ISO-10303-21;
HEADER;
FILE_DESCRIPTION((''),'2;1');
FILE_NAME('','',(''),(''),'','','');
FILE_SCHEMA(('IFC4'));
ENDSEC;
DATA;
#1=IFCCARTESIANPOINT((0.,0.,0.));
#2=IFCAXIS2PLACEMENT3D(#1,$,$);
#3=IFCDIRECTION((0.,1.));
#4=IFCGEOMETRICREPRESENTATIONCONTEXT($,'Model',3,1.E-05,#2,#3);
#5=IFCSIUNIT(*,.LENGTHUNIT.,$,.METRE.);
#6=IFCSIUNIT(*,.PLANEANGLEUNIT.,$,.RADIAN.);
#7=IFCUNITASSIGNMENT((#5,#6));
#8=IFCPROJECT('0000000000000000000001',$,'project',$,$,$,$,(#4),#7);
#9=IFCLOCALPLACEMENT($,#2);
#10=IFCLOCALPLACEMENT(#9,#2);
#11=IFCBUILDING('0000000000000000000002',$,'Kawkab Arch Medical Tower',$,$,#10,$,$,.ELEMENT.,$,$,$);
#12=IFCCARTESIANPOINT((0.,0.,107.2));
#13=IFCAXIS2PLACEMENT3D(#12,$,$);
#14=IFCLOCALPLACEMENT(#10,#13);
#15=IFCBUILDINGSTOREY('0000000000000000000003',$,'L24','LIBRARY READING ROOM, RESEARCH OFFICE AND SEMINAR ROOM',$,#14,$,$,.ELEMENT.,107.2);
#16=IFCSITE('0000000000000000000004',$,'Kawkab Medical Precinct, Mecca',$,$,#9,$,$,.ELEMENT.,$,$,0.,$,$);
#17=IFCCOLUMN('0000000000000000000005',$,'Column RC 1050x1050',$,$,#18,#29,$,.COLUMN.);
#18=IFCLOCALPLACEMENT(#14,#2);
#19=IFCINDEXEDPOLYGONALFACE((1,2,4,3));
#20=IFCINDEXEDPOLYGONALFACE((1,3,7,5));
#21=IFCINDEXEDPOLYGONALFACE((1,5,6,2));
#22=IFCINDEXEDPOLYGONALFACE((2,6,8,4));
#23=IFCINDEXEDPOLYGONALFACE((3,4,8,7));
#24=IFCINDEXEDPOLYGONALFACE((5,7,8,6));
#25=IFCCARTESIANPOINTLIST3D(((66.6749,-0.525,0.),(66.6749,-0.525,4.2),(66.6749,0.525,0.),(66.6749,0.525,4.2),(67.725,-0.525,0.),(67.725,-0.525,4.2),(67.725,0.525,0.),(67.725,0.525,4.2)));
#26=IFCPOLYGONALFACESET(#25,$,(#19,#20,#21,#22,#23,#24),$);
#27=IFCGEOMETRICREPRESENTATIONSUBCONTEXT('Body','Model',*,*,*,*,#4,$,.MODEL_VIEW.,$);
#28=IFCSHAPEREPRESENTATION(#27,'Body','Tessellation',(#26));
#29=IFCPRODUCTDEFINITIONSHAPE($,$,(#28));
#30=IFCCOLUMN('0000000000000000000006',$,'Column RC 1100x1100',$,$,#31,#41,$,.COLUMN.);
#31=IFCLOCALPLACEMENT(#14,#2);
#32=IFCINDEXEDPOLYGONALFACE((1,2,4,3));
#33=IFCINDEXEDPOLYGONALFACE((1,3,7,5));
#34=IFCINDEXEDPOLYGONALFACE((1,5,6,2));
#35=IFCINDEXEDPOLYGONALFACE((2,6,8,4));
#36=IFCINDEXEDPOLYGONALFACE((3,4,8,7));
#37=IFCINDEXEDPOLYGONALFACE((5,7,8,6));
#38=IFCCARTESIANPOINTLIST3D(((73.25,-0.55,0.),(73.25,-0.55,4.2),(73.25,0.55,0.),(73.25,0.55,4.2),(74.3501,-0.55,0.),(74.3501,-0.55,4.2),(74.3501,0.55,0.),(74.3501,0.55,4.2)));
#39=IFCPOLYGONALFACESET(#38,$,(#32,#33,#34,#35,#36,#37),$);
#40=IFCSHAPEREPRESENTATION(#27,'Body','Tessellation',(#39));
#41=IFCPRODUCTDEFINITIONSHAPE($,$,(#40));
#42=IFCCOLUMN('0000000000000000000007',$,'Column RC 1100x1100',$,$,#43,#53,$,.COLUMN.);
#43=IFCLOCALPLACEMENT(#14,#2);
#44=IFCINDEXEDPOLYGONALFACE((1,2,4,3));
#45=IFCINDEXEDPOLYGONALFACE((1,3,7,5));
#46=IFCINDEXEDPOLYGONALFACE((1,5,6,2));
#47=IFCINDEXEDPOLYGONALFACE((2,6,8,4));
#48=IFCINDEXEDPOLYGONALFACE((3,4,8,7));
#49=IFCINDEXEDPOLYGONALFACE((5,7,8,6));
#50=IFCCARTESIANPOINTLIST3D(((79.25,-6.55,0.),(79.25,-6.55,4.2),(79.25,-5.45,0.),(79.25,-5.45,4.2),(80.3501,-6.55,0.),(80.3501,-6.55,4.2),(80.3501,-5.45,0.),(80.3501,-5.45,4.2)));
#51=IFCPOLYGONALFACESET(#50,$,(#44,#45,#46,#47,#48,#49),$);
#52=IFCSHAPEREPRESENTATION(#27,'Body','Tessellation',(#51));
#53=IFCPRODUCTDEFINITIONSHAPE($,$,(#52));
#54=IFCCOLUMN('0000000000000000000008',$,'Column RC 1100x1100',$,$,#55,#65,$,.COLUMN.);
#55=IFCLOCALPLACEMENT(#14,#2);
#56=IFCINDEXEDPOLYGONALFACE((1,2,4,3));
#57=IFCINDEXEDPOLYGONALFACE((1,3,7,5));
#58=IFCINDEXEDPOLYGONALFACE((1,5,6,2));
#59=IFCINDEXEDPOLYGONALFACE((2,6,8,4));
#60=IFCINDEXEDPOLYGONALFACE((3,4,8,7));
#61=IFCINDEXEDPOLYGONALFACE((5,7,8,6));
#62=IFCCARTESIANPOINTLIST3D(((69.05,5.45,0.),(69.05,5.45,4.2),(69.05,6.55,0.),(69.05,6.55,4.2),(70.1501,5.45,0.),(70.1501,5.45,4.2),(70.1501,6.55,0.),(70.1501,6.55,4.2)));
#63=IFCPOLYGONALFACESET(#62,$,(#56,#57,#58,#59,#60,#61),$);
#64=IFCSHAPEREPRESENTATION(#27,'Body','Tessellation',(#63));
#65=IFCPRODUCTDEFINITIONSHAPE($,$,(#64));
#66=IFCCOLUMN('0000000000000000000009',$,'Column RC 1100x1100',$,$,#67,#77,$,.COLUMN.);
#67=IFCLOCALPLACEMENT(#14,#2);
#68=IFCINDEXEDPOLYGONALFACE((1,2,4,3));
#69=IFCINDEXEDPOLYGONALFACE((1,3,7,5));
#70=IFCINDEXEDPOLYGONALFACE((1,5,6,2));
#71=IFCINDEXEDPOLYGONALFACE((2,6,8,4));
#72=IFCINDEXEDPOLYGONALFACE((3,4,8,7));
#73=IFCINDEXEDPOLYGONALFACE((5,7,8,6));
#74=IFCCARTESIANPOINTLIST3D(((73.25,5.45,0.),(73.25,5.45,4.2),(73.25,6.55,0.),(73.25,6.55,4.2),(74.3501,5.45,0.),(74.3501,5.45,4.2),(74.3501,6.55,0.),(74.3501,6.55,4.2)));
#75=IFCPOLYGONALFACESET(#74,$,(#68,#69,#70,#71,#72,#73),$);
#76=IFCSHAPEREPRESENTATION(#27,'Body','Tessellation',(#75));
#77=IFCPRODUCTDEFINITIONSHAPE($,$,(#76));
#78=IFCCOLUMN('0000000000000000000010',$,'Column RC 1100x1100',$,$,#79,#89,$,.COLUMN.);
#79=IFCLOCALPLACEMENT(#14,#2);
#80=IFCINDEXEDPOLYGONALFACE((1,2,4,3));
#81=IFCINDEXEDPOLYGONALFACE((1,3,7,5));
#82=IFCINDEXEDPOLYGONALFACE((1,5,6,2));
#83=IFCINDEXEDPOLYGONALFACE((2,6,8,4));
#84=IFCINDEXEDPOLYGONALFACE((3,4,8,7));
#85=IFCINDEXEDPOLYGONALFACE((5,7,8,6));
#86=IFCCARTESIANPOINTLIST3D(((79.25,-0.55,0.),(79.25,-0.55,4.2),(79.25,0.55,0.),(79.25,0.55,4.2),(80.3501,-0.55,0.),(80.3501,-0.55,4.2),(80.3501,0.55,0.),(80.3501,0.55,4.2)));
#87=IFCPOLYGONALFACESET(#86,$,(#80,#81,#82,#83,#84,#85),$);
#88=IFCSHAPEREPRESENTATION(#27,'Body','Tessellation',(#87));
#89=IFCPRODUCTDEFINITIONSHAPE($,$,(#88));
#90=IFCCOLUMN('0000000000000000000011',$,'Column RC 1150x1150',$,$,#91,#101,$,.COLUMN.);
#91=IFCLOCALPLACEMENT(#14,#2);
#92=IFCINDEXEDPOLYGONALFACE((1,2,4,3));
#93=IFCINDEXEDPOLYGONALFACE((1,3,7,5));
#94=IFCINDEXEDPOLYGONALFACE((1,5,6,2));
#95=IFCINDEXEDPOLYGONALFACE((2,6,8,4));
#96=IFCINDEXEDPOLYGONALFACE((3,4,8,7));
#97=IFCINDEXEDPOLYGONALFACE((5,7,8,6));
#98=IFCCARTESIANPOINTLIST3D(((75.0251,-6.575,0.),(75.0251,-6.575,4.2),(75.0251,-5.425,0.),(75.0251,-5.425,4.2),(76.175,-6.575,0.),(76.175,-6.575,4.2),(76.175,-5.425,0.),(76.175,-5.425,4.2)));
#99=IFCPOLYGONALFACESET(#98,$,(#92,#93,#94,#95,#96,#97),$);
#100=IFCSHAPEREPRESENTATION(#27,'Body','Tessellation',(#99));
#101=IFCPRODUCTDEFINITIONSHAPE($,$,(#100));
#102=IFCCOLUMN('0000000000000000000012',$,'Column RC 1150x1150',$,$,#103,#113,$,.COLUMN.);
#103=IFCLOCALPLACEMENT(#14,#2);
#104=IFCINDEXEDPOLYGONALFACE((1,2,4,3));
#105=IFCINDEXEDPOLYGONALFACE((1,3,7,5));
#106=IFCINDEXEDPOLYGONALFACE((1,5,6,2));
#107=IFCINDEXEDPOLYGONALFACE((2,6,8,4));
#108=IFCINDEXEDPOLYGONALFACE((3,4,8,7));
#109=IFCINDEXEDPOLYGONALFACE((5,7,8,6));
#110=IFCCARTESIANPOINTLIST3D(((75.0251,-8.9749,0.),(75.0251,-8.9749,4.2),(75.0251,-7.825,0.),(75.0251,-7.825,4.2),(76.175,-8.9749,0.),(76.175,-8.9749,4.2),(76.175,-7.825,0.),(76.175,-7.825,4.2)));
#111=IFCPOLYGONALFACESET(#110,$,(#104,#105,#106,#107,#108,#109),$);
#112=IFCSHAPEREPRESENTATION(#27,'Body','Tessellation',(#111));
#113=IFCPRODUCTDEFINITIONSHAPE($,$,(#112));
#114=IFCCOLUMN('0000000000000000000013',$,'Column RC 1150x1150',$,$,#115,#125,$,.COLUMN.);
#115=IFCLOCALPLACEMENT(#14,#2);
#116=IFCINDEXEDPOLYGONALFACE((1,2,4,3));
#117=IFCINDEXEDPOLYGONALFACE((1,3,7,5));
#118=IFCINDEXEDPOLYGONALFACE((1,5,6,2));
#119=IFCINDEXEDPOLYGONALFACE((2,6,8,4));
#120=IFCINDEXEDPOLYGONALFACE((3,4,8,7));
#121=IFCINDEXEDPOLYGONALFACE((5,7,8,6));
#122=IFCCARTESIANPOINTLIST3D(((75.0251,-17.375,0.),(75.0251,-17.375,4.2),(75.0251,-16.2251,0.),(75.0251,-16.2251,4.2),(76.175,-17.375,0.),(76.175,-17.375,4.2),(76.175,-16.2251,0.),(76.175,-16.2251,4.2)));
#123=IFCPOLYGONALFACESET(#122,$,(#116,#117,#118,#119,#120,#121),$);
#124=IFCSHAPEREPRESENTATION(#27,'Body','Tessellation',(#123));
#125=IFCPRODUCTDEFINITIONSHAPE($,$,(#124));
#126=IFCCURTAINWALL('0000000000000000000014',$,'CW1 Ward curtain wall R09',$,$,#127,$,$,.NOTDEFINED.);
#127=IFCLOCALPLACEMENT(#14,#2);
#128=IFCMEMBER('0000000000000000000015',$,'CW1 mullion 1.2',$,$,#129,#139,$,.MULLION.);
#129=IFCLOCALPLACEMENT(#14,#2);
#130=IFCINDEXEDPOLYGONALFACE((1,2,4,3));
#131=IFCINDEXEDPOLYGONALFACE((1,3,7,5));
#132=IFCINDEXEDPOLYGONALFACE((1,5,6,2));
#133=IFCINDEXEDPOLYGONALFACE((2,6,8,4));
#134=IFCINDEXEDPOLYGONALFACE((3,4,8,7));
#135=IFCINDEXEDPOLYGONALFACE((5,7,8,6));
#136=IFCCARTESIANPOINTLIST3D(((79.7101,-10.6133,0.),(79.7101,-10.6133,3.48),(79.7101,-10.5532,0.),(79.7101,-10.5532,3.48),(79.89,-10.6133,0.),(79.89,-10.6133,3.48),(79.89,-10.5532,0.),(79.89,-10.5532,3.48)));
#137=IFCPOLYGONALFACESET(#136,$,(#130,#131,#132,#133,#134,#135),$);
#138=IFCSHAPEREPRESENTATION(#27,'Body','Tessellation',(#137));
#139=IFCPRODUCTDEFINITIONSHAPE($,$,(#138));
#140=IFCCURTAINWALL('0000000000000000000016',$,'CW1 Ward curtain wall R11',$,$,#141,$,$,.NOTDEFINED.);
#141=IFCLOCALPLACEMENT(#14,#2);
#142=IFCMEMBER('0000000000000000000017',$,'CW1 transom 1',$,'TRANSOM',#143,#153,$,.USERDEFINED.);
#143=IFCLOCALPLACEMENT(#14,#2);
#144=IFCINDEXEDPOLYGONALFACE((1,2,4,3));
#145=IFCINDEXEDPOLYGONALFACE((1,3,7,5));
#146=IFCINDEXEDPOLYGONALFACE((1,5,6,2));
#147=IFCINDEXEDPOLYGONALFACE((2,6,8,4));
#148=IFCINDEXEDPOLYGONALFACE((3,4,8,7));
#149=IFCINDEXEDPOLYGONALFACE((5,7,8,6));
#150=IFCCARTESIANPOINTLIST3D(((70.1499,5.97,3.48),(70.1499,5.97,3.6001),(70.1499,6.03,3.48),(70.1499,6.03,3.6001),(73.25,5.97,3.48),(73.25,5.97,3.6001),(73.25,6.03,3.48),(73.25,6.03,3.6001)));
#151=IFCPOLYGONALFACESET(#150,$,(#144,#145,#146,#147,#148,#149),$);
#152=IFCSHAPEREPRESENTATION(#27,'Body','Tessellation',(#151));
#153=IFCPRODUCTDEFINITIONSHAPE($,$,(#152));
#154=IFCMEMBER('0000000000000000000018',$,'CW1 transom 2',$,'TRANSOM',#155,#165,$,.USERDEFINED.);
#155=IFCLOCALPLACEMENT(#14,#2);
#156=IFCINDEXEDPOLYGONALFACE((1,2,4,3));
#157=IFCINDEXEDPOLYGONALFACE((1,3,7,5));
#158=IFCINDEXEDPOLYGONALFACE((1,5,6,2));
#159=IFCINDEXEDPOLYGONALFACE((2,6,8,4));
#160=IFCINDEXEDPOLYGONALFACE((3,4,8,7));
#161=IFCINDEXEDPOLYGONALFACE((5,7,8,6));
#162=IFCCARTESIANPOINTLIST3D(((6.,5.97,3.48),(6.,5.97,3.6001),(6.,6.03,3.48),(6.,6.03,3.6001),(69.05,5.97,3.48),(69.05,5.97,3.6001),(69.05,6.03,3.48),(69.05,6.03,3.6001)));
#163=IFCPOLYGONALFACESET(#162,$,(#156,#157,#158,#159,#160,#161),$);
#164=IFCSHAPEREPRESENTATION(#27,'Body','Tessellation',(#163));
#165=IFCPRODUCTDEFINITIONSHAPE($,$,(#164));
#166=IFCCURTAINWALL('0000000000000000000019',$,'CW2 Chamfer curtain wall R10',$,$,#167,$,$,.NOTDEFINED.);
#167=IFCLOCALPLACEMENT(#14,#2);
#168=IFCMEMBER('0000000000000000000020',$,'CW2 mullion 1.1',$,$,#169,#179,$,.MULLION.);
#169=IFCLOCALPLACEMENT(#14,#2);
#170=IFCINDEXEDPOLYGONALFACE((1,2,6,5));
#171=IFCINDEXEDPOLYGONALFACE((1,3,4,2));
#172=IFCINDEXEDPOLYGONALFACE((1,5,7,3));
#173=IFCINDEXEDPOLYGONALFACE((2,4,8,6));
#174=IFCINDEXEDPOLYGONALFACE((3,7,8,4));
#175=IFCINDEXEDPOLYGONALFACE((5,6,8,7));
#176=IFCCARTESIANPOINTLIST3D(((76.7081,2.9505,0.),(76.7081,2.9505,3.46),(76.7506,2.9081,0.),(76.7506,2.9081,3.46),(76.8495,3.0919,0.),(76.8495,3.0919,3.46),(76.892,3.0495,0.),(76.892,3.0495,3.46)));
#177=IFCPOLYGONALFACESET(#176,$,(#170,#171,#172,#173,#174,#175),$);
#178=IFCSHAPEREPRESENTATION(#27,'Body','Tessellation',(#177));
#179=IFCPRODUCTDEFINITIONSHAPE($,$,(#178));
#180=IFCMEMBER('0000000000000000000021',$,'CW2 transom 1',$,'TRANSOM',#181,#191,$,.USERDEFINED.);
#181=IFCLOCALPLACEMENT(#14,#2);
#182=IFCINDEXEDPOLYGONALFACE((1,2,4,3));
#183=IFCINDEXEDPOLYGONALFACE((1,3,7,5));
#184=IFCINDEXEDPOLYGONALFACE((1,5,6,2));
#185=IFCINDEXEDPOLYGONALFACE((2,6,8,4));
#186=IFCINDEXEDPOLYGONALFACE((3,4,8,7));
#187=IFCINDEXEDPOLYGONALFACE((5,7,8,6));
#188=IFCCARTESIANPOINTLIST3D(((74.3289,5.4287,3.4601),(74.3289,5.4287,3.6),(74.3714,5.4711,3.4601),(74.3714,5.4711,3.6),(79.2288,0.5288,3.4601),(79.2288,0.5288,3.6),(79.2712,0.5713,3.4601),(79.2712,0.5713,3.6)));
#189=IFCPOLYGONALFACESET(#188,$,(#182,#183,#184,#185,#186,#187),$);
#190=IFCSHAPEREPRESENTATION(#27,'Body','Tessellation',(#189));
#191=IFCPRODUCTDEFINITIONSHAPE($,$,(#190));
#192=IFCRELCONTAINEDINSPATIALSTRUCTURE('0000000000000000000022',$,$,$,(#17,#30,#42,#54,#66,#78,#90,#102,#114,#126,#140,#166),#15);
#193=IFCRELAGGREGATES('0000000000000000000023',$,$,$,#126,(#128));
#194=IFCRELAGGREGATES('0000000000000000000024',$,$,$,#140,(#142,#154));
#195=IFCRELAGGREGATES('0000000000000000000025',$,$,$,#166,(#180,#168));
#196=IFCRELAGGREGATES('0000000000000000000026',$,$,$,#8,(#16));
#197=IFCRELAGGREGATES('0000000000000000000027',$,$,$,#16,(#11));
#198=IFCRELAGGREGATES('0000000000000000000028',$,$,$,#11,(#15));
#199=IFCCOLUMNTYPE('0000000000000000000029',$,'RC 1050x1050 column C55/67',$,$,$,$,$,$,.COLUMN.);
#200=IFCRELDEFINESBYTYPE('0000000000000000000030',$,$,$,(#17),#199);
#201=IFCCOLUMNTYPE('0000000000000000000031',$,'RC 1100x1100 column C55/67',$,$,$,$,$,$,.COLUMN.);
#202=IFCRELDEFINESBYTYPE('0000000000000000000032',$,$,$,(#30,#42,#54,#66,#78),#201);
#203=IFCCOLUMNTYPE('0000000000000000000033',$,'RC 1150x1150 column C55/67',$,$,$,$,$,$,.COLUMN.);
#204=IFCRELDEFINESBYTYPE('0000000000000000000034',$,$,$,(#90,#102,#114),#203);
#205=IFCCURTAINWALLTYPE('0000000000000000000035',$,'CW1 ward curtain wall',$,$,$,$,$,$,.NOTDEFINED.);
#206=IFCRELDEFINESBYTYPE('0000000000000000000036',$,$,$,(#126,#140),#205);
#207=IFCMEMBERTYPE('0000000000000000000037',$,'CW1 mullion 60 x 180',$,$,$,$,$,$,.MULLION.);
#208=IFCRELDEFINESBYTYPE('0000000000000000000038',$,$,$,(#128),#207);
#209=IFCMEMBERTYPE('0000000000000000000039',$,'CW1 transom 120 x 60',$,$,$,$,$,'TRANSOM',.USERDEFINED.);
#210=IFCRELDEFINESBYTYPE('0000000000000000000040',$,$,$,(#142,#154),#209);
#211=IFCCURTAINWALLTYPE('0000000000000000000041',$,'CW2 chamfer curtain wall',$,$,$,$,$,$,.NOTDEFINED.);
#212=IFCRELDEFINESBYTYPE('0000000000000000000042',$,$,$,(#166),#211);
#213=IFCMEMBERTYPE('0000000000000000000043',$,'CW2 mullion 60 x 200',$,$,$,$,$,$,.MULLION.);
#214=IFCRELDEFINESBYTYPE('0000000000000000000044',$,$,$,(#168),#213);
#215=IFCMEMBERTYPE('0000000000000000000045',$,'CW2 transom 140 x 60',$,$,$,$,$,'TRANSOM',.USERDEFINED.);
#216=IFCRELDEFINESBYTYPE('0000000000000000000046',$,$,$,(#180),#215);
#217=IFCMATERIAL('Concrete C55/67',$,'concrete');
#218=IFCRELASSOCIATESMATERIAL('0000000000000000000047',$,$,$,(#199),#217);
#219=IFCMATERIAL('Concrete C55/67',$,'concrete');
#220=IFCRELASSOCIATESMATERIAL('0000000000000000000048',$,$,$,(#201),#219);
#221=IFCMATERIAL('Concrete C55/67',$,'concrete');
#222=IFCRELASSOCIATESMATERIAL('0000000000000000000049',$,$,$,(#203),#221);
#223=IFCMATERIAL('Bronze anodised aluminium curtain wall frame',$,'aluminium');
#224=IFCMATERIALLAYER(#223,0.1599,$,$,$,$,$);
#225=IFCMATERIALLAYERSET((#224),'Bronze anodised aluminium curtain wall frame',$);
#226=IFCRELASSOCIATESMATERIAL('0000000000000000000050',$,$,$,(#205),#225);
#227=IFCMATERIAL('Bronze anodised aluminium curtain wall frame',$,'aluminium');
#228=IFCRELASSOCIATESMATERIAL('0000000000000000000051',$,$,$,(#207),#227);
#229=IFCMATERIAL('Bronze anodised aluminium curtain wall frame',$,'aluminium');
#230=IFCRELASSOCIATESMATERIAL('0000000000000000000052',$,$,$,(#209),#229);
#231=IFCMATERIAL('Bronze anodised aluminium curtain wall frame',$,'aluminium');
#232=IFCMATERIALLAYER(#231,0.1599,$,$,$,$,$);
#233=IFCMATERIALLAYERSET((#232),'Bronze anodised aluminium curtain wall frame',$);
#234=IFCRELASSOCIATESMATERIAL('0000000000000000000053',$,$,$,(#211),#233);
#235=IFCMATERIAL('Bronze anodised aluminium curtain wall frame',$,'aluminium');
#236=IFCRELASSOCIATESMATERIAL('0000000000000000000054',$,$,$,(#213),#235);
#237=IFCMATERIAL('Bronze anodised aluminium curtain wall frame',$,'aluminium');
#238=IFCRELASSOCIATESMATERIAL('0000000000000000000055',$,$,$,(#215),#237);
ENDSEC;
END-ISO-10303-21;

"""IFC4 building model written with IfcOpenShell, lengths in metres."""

from ifc_helpers import new_model, si_unit, direction, frame, origin, origin_2d, place, context, subcontext, project, spatial, rectangle, extrude, material, layer, layer_set, material_profile, profile_set, type_object, element, aggregate, save


model = new_model("IFC4")

# Units and contexts
model_context = context("Model", 3, precision=1e-05, world=origin(), true_north=direction((0.0, 1.0)))
body_context = subcontext(model_context, "Body", "Model", "MODEL_VIEW")
ifc_project = project(units=[si_unit("LENGTHUNIT", "METRE"), si_unit("PLANEANGLEUNIT", "RADIAN")], contexts=[model_context])

# Site, building, storey
site_placement = place(None, origin())
site = spatial("IfcSite", under=ifc_project, at=site_placement, Name="Kawkab Medical Precinct, Mecca", CompositionType="ELEMENT", RefElevation=0.0)
building_placement = place(site_placement, origin())
building = spatial("IfcBuilding", under=site, at=building_placement, Name="Kawkab Arch Medical Tower", CompositionType="ELEMENT")
storey_placement = place(building_placement, frame((0.0, 0.0, 107.2)))
storey = spatial("IfcBuildingStorey", under=building, at=storey_placement, Name="L24", Description="LIBRARY READING ROOM, RESEARCH OFFICE AND SEMINAR ROOM", CompositionType="ELEMENT", Elevation=107.2)

# Columns
ifc_material_1 = material(Name="Concrete C55/67", Category="concrete")
ifc_material_profile_1 = material_profile(ifc_material_1, rectangle(XDim=1.05, YDim=1.05, at=origin_2d()), Name="RC 1050x1050")
ifc_profile_set_1 = profile_set([ifc_material_profile_1], Name="Concrete C55/67")
column_type_1 = type_object("IfcColumnType", Name="RC 1050x1050 column C55/67", PredefinedType="COLUMN", material=ifc_profile_set_1)
column_placement = place(storey_placement, frame((67.2, 0.0, 0.0), z_axis=(0.0, 0.0, 1.0), x_axis=(1.0, 0.0, 0.0)))
element("IfcColumn", 1, at=column_placement, inside=storey, type_object=column_type_1, Name="Column RC 1050x1050", PredefinedType="COLUMN", context=body_context, shape_type="SweptSolid", body=[
    extrude(rectangle(XDim=1.05, YDim=1.05, at=origin_2d()), origin(), (0.0, 0.0, 1.0), 4.2),
])
ifc_material_2 = material(Name="Concrete C55/67", Category="concrete")
ifc_material_profile_2 = material_profile(ifc_material_2, rectangle(XDim=1.1001, YDim=1.1001, at=origin_2d()), Name="RC 1100x1100")
ifc_profile_set_2 = profile_set([ifc_material_profile_2], Name="Concrete C55/67")
column_type_2 = type_object("IfcColumnType", Name="RC 1100x1100 column C55/67", PredefinedType="COLUMN", material=ifc_profile_set_2)
for number, where, z_axis, x_axis, name in (
    (2, (73.8, 0.0, 0.0), (0.0, 0.0, 1.0), (1.0, 0.0, 0.0), "Column RC 1100x1100"),
    (3, (79.8, -6.0, 0.0), (0.0, 0.0, 1.0), (1.0, 0.0, 0.0), "Column RC 1100x1100"),
    (4, (69.6001, 6.0, 0.0), (0.0, 0.0, 1.0), (1.0, 0.0, 0.0), "Column RC 1100x1100"),
    (5, (73.8, 6.0, 0.0), (0.0, 0.0, 1.0), (1.0, 0.0, 0.0), "Column RC 1100x1100"),
    (6, (79.8, 0.0, 0.0), (0.0, 0.0, 1.0), (1.0, 0.0, 0.0), "Column RC 1100x1100"),
):
    element("IfcColumn", number, at=place(storey_placement, frame(where, z_axis=z_axis, x_axis=x_axis)), inside=storey, type_object=column_type_2, Name=name, PredefinedType="COLUMN", context=body_context, shape_type="SweptSolid", body=[
        extrude(rectangle(XDim=1.1001, YDim=1.1001, at=origin_2d()), origin(), (0.0, 0.0, 1.0), 4.2),
    ])
ifc_material_3 = material(Name="Concrete C55/67", Category="concrete")
ifc_material_profile_3 = material_profile(ifc_material_3, rectangle(XDim=1.1499, YDim=1.1499, at=origin_2d()), Name="RC 1150x1150")
ifc_profile_set_3 = profile_set([ifc_material_profile_3], Name="Concrete C55/67")
column_type_3 = type_object("IfcColumnType", Name="RC 1150x1150 column C55/67", PredefinedType="COLUMN", material=ifc_profile_set_3)
for number, where, z_axis, x_axis, name in (
    (7, (75.6001, -6.0, 0.0), (0.0, 0.0, 1.0), (1.0, 0.0, 0.0), "Column RC 1150x1150"),
    (8, (75.6001, -8.3999, 0.0), (0.0, 0.0, 1.0), (1.0, 0.0, 0.0), "Column RC 1150x1150"),
    (9, (75.6001, -16.8, 0.0), (0.0, 0.0, 1.0), (1.0, 0.0, 0.0), "Column RC 1150x1150"),
):
    element("IfcColumn", number, at=place(storey_placement, frame(where, z_axis=z_axis, x_axis=x_axis)), inside=storey, type_object=column_type_3, Name=name, PredefinedType="COLUMN", context=body_context, shape_type="SweptSolid", body=[
        extrude(rectangle(XDim=1.1499, YDim=1.1499, at=origin_2d()), origin(), (0.0, 0.0, 1.0), 4.2),
    ])

# Curtain wall, member
ifc_material_4 = material(Name="Bronze anodised aluminium curtain wall frame", Category="aluminium")
ifc_layer_1 = layer(ifc_material_4, 0.1599)
ifc_layer_set_1 = layer_set([ifc_layer_1], Name="Bronze anodised aluminium curtain wall frame")
curtain_wall_type_1 = type_object("IfcCurtainWallType", Name="CW1 ward curtain wall", PredefinedType="NOTDEFINED", material=ifc_layer_set_1)
placement = place(storey_placement, origin())
curtain_wall_1 = element("IfcCurtainWall", 10, at=placement, inside=storey, type_object=curtain_wall_type_1, Name="CW1 Ward curtain wall R09", PredefinedType="NOTDEFINED")
ifc_material_5 = material(Name="Bronze anodised aluminium curtain wall frame", Category="aluminium")
ifc_material_profile_4 = material_profile(ifc_material_5, rectangle(XDim=0.1799, YDim=0.0601, at=origin_2d()), Name="AL 60x180")
ifc_profile_set_4 = profile_set([ifc_material_profile_4], Name="Bronze anodised aluminium curtain wall frame")
member_type_1 = type_object("IfcMemberType", Name="CW1 mullion 60 x 180", PredefinedType="MULLION", material=ifc_profile_set_4)
member_1_placement = place(storey_placement, frame((79.8, -10.5833, 0.0), z_axis=(0.0, 0.0, 1.0), x_axis=(-1.0, 0.0, 0.0)))
member_1 = element("IfcMember", 11, at=member_1_placement, type_object=member_type_1, Name="CW1 mullion 1.2", PredefinedType="MULLION", context=body_context, shape_type="SweptSolid", body=[
    extrude(rectangle(XDim=0.1799, YDim=0.0601, at=origin_2d()), origin(), (0.0, 0.0, 1.0), 3.48),
])

# Curtain walls, members
curtain_wall_2 = element("IfcCurtainWall", 12, at=placement, inside=storey, type_object=curtain_wall_type_1, Name="CW1 Ward curtain wall R11", PredefinedType="NOTDEFINED")
ifc_material_6 = material(Name="Bronze anodised aluminium curtain wall frame", Category="aluminium")
ifc_material_profile_5 = material_profile(ifc_material_6, rectangle(XDim=0.0601, YDim=0.1201, at=origin_2d()), Name="AL 60x120")
ifc_profile_set_5 = profile_set([ifc_material_profile_5], Name="Bronze anodised aluminium curtain wall frame")
member_type_2 = type_object("IfcMemberType", Name="CW1 transom 120 x 60", ElementType="TRANSOM", PredefinedType="USERDEFINED", material=ifc_profile_set_5)
member_2_placement = place(storey_placement, frame((73.25, 6.0, 3.54), z_axis=(-1.0, 0.0, 0.0), x_axis=(0.0, -1.0, 0.0)))
member_2 = element("IfcMember", 13, at=member_2_placement, type_object=member_type_2, Name="CW1 transom 1", ObjectType="TRANSOM", PredefinedType="USERDEFINED", context=body_context, shape_type="SweptSolid", body=[
    extrude(rectangle(XDim=0.0601, YDim=0.1201, at=origin_2d()), origin(), (0.0, 0.0, 1.0), 3.1001),
])
member_3_placement = place(storey_placement, frame((69.05, 6.0, 3.54), z_axis=(-1.0, 0.0, 0.0), x_axis=(0.0, -1.0, 0.0)))
member_3 = element("IfcMember", 14, at=member_3_placement, type_object=member_type_2, Name="CW1 transom 2", ObjectType="TRANSOM", PredefinedType="USERDEFINED", context=body_context, shape_type="SweptSolid", body=[
    extrude(rectangle(XDim=0.0601, YDim=0.1201, at=origin_2d()), origin(), (0.0, 0.0, 1.0), 63.05),
])
ifc_material_7 = material(Name="Bronze anodised aluminium curtain wall frame", Category="aluminium")
ifc_layer_2 = layer(ifc_material_7, 0.1599)
ifc_layer_set_2 = layer_set([ifc_layer_2], Name="Bronze anodised aluminium curtain wall frame")
curtain_wall_type_2 = type_object("IfcCurtainWallType", Name="CW2 chamfer curtain wall", PredefinedType="NOTDEFINED", material=ifc_layer_set_2)
curtain_wall_3 = element("IfcCurtainWall", 15, at=placement, inside=storey, type_object=curtain_wall_type_2, Name="CW2 Chamfer curtain wall R10", PredefinedType="NOTDEFINED")
ifc_material_8 = material(Name="Bronze anodised aluminium curtain wall frame", Category="aluminium")
ifc_material_profile_6 = material_profile(ifc_material_8, rectangle(XDim=0.2, YDim=0.0601, at=origin_2d()), Name="AL 60x200")
ifc_profile_set_6 = profile_set([ifc_material_profile_6], Name="Bronze anodised aluminium curtain wall frame")
member_type_3 = type_object("IfcMemberType", Name="CW2 mullion 60 x 200", PredefinedType="MULLION", material=ifc_profile_set_6)
member_4_placement = place(storey_placement, frame((76.8, 3.0, 0.0), z_axis=(0.0, 0.0, 1.0), x_axis=(-0.707107, -0.707107, 0.0)))
member_4 = element("IfcMember", 16, at=member_4_placement, type_object=member_type_3, Name="CW2 mullion 1.1", PredefinedType="MULLION", context=body_context, shape_type="SweptSolid", body=[
    extrude(rectangle(XDim=0.2, YDim=0.0601, at=origin_2d()), origin(), (0.0, 0.0, 1.0), 3.46),
])
ifc_material_9 = material(Name="Bronze anodised aluminium curtain wall frame", Category="aluminium")
ifc_material_profile_7 = material_profile(ifc_material_9, rectangle(XDim=0.0601, YDim=0.1399, at=origin_2d()), Name="AL 60x140")
ifc_profile_set_7 = profile_set([ifc_material_profile_7], Name="Bronze anodised aluminium curtain wall frame")
member_type_4 = type_object("IfcMemberType", Name="CW2 transom 140 x 60", ElementType="TRANSOM", PredefinedType="USERDEFINED", material=ifc_profile_set_7)
member_5_placement = place(storey_placement, frame((79.25, 0.55, 3.53), z_axis=(-0.707107, 0.707107, 0.0), x_axis=(-0.707107, -0.707107, 0.0)))
member_5 = element("IfcMember", 17, at=member_5_placement, type_object=member_type_4, Name="CW2 transom 1", ObjectType="TRANSOM", PredefinedType="USERDEFINED", context=body_context, shape_type="SweptSolid", body=[
    extrude(rectangle(XDim=0.0601, YDim=0.1399, at=origin_2d()), origin(), (0.0, 0.0, 1.0), 6.9294),
])

aggregate(curtain_wall_1, [member_1])
aggregate(curtain_wall_2, [member_2, member_3])
aggregate(curtain_wall_3, [member_5, member_4])

save(model, "model.ifc")
